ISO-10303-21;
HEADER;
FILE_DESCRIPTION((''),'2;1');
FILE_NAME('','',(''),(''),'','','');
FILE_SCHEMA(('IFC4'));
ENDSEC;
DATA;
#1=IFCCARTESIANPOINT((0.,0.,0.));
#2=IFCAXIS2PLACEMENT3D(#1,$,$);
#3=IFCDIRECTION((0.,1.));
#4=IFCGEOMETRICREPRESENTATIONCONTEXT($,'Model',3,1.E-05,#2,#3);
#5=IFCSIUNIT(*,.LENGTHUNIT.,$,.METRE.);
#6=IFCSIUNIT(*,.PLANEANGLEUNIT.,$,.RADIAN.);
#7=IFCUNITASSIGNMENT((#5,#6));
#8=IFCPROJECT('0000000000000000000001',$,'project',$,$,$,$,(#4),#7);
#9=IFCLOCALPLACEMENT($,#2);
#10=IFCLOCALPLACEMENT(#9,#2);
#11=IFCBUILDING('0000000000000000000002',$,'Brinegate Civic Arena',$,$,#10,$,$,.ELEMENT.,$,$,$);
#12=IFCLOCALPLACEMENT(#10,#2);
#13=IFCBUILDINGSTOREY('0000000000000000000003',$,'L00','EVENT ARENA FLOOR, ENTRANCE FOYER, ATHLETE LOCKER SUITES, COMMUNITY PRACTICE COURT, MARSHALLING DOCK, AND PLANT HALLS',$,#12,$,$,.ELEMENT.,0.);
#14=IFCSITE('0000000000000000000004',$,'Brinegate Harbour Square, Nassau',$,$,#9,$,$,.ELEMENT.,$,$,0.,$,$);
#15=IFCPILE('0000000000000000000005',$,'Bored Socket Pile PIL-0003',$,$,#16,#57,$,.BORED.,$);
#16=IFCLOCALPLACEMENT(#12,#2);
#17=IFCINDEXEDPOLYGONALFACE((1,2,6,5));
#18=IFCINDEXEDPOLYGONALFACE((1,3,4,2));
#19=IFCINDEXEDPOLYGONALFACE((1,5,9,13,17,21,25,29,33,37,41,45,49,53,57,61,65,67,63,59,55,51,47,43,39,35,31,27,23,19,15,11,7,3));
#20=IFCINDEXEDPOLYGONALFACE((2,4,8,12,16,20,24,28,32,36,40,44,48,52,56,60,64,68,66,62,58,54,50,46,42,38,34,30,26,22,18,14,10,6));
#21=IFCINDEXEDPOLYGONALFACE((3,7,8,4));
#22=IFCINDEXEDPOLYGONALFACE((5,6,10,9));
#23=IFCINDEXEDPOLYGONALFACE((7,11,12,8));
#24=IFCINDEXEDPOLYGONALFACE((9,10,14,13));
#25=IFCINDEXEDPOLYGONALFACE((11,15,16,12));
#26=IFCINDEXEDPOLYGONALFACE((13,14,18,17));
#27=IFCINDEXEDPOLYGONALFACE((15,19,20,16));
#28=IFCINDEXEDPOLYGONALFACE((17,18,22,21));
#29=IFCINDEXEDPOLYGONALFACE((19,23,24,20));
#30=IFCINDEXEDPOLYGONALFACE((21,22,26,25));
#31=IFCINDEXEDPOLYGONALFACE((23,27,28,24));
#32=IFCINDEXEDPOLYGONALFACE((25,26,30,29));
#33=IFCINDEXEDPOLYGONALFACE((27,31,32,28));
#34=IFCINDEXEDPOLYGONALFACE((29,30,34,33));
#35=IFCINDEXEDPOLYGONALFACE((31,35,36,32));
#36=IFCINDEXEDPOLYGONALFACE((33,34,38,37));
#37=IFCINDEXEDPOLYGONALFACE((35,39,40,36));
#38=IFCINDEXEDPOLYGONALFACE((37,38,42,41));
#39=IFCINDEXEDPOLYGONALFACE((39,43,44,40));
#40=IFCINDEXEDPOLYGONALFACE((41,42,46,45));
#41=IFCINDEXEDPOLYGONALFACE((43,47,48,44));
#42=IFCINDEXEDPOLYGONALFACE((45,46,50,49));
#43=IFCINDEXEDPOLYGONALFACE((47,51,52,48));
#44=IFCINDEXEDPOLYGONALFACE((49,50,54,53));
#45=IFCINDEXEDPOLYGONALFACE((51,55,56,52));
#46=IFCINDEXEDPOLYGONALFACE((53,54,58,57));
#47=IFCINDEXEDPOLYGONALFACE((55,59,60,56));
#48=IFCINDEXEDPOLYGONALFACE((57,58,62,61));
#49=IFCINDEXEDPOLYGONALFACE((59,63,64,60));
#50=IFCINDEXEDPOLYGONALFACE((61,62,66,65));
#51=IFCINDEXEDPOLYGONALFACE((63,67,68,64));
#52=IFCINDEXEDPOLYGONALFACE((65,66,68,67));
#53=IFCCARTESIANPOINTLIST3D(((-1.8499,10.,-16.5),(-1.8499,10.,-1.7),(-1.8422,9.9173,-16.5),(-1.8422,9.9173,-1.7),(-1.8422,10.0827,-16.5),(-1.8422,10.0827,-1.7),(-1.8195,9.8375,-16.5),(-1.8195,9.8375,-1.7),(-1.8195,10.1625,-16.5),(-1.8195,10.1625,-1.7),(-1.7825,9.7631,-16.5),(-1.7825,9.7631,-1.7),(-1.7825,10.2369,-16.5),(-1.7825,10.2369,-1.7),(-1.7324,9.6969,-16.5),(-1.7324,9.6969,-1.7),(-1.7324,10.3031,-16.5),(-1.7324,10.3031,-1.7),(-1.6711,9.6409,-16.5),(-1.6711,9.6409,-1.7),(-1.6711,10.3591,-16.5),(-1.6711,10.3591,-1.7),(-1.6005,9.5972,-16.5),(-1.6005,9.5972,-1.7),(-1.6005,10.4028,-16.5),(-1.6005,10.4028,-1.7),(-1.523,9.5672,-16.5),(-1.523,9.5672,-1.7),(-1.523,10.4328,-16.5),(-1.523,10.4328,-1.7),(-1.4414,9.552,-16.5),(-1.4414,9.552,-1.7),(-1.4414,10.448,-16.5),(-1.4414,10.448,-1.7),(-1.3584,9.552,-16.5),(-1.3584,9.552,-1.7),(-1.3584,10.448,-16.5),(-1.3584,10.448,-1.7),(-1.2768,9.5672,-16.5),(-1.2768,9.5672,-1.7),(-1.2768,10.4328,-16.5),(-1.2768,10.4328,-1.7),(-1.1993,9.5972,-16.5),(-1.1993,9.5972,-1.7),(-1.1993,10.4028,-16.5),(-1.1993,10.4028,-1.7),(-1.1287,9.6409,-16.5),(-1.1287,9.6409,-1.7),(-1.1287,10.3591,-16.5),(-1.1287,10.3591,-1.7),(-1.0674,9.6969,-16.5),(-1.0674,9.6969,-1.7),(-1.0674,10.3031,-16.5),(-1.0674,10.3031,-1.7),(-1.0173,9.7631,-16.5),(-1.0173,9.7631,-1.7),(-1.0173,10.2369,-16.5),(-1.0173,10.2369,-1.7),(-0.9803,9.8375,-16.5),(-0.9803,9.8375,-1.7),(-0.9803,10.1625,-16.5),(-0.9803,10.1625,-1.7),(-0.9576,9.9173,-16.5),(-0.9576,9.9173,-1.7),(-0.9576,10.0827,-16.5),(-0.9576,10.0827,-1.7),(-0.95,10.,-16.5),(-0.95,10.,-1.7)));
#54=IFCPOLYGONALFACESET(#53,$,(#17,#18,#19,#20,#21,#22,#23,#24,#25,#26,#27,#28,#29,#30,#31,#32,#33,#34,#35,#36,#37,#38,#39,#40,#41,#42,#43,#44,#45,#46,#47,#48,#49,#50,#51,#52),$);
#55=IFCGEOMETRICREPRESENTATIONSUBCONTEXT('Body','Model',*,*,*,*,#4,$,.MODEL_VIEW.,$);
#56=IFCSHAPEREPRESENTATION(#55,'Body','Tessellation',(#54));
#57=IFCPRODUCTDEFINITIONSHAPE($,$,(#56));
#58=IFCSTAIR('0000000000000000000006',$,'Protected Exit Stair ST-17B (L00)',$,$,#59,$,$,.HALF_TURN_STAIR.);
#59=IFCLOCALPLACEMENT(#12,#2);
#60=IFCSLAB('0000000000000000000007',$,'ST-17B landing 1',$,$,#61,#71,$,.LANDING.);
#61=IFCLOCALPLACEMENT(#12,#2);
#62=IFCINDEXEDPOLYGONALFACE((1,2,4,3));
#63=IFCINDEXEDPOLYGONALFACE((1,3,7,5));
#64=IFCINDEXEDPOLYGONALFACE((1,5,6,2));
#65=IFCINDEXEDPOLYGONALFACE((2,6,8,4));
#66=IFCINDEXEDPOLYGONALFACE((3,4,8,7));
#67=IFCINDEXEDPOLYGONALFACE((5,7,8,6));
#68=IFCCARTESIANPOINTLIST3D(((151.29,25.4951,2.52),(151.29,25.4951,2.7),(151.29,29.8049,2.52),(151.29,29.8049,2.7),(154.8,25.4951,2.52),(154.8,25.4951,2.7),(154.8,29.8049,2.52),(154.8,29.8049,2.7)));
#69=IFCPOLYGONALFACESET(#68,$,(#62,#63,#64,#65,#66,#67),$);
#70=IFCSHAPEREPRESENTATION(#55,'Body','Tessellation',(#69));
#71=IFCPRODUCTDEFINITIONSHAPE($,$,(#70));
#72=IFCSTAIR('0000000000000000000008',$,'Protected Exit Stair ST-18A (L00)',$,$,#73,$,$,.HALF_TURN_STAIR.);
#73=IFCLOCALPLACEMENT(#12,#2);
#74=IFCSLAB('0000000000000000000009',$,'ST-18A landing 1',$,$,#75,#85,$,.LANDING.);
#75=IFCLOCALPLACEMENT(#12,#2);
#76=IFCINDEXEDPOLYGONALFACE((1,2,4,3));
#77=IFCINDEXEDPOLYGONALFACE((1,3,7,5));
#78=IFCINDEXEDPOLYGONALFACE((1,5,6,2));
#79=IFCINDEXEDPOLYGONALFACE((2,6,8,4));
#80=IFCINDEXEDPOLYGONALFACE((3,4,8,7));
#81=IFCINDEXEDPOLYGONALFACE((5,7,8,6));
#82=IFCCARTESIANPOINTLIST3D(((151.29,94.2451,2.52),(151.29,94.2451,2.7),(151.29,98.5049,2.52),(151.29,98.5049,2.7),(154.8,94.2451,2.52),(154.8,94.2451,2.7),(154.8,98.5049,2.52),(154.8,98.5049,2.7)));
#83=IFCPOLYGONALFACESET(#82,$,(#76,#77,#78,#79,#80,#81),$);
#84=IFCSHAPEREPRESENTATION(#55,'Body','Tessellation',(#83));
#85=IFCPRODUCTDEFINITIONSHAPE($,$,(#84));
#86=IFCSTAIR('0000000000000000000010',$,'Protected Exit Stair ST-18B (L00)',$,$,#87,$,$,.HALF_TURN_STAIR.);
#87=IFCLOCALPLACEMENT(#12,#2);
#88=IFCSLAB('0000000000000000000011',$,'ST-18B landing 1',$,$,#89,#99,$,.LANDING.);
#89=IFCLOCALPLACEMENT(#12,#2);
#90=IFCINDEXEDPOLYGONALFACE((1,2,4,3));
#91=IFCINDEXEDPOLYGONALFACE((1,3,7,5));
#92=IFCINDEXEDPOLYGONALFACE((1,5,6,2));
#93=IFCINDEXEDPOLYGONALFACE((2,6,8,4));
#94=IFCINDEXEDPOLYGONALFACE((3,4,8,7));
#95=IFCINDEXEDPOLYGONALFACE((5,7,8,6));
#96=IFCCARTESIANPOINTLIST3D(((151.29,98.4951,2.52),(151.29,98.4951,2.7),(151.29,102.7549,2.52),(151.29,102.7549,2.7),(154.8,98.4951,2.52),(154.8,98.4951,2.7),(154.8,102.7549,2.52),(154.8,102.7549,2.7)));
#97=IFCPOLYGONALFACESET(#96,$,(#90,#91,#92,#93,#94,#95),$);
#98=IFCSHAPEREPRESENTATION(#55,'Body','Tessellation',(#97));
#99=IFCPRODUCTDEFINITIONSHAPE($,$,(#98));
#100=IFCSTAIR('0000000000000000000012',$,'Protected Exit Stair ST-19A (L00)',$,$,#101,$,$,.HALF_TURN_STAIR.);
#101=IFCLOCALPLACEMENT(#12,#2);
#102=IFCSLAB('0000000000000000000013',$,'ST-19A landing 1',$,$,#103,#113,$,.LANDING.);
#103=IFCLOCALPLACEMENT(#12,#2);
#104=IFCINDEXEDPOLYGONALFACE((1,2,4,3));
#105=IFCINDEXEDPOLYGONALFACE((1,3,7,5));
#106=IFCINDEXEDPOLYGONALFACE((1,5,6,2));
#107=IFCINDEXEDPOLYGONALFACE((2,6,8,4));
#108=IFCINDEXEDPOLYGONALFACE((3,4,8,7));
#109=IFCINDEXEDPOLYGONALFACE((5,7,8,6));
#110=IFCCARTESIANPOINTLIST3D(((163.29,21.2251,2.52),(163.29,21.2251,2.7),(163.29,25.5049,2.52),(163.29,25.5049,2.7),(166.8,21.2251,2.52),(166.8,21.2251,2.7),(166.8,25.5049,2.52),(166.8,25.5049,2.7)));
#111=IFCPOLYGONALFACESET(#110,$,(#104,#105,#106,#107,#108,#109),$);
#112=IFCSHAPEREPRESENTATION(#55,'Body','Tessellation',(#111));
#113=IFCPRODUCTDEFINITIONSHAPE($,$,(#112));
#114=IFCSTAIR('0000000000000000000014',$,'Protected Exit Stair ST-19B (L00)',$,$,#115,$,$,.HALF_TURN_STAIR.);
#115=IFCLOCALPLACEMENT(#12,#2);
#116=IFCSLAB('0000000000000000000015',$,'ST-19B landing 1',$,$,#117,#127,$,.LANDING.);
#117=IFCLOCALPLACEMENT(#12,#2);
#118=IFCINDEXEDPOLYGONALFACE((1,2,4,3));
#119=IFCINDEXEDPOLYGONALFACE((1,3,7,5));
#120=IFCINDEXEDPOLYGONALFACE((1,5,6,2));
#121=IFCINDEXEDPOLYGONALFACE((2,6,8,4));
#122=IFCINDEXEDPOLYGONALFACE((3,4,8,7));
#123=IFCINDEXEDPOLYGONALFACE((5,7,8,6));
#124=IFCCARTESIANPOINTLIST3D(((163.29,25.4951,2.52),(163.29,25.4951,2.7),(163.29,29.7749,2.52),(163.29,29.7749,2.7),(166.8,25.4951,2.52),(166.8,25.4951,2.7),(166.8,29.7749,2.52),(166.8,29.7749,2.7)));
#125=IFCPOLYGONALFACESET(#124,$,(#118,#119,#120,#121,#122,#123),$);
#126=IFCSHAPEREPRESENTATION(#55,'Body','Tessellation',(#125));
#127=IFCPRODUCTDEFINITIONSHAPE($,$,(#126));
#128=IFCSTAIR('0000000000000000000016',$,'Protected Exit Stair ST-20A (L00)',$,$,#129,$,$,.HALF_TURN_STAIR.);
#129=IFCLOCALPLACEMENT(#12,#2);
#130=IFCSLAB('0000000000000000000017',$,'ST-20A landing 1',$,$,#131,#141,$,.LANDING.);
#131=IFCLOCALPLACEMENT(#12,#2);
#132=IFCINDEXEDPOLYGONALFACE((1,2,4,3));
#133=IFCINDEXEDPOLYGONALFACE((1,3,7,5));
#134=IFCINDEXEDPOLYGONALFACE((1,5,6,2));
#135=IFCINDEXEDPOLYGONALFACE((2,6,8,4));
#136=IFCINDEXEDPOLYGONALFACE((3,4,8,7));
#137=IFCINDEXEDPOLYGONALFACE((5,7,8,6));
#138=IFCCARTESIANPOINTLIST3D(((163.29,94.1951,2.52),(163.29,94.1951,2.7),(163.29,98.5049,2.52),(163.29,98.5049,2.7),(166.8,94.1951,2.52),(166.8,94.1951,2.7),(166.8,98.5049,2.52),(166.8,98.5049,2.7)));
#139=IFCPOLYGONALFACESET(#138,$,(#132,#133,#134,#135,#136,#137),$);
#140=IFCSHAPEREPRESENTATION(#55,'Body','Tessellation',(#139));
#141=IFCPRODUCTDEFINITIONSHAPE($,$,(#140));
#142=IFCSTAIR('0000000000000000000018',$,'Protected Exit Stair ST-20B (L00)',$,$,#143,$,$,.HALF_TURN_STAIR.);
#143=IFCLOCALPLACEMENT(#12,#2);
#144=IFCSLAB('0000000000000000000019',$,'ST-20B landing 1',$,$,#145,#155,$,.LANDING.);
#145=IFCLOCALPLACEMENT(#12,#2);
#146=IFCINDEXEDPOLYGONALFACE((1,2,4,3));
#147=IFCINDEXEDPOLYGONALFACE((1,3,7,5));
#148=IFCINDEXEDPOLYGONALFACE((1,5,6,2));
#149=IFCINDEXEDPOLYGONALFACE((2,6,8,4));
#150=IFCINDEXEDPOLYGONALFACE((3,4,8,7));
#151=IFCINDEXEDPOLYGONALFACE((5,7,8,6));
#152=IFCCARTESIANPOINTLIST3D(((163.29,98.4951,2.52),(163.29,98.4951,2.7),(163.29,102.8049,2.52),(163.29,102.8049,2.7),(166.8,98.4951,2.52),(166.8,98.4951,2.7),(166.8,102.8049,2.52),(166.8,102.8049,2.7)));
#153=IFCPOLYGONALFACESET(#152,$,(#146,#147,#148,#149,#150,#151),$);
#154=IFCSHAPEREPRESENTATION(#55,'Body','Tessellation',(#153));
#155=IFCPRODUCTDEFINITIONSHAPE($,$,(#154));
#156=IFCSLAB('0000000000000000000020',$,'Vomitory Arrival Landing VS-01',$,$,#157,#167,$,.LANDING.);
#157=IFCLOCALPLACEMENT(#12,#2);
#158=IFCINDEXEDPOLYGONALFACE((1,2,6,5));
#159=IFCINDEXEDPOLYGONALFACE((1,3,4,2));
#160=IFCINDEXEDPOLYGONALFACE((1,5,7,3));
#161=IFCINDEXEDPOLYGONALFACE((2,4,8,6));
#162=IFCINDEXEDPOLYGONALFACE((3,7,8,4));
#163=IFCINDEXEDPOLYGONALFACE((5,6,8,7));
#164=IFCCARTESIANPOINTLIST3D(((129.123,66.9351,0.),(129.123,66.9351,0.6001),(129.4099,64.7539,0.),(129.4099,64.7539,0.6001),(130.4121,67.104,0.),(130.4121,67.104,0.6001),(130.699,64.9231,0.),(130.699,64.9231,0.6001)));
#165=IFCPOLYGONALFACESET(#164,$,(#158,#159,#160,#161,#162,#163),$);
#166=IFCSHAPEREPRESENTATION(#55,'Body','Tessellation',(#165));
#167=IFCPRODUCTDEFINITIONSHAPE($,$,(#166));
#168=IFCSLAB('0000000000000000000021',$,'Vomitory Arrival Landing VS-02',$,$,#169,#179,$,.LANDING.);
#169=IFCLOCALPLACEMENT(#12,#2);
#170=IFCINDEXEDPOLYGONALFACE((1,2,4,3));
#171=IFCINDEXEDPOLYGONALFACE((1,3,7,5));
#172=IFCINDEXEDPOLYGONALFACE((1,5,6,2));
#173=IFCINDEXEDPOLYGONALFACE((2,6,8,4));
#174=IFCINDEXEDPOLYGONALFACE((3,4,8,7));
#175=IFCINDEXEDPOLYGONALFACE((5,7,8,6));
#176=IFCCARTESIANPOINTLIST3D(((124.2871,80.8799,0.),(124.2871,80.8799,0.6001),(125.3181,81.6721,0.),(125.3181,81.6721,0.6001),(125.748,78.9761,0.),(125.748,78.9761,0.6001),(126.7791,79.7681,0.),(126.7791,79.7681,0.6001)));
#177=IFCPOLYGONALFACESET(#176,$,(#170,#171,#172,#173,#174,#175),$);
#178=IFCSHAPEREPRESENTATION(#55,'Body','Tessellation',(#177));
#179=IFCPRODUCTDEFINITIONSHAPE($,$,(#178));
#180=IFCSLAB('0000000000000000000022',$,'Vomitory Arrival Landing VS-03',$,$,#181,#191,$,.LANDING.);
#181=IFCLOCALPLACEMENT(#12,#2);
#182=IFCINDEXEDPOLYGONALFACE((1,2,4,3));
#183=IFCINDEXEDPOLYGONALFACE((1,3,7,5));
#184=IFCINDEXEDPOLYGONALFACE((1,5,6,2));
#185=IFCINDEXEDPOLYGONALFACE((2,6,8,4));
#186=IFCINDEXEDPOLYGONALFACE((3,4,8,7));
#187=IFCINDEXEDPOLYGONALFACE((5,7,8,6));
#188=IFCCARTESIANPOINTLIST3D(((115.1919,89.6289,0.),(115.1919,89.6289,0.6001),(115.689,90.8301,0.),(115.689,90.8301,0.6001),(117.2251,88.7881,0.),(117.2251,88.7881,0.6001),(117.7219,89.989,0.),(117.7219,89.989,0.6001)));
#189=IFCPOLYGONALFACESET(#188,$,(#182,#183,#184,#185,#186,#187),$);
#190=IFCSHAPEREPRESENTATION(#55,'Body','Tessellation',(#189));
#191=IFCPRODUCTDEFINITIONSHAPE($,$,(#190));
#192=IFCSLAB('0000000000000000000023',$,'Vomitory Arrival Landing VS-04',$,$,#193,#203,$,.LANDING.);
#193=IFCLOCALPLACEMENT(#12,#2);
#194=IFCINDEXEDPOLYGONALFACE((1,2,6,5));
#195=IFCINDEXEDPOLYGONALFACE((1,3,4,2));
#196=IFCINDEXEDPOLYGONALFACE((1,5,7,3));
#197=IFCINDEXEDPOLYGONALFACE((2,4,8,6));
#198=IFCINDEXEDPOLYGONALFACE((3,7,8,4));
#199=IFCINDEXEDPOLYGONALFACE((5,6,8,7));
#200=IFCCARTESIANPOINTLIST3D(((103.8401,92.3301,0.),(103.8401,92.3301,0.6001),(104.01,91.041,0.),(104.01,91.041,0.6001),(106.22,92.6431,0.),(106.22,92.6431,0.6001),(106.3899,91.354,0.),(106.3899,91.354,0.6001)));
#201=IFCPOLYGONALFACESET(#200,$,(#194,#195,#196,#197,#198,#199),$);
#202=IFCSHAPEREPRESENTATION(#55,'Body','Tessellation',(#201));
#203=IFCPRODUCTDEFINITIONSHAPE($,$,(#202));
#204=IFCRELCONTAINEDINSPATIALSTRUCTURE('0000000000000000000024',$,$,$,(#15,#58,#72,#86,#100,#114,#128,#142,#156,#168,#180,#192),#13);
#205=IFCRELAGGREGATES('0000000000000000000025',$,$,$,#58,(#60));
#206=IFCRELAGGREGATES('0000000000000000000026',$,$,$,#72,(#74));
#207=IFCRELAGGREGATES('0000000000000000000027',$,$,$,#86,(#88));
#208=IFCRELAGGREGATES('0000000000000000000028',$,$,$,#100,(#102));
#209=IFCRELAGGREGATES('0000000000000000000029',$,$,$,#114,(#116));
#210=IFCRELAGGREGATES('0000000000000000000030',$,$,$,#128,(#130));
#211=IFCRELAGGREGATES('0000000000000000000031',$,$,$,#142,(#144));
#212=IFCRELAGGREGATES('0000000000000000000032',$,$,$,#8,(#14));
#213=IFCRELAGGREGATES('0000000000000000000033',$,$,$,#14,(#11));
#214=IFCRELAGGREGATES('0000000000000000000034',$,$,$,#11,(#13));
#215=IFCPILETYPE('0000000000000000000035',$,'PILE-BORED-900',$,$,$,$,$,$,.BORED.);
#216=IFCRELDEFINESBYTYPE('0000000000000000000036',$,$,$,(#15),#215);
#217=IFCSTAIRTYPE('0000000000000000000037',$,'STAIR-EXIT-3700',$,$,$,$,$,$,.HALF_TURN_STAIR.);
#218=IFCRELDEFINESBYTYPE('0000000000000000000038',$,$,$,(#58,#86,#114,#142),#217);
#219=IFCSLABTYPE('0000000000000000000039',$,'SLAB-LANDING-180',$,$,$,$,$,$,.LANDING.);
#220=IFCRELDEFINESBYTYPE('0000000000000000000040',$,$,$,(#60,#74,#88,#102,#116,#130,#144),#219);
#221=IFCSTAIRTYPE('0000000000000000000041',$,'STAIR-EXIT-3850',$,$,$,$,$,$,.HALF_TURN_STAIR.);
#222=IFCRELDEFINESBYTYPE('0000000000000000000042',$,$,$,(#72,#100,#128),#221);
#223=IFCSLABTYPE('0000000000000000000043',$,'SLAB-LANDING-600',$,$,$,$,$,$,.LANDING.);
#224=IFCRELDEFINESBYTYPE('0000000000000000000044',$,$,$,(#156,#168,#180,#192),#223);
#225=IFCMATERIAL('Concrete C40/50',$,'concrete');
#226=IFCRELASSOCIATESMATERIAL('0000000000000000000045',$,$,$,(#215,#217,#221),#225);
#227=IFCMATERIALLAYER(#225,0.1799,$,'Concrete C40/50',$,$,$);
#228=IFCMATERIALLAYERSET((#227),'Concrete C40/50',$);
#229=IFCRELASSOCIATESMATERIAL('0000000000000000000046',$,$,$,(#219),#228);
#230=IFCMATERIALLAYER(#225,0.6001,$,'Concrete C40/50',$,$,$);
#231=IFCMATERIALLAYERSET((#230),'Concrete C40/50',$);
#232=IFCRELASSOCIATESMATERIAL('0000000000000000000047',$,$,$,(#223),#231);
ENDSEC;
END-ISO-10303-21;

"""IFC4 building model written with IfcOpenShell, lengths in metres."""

from ifc_helpers import new_model, si_unit, direction, frame, origin, origin_2d, place, context, subcontext, project, spatial, polyline, circle, outline, extrude, material, layer, layer_set, material_profile, profile_set, type_object, element, aggregate, save


model = new_model("IFC4")

# Units and contexts
model_context = context("Model", 3, precision=1e-05, world=origin(), true_north=direction((0.0, 1.0)))
body_context = subcontext(model_context, "Body", "Model", "MODEL_VIEW")
ifc_project = project(units=[si_unit("LENGTHUNIT", "METRE"), si_unit("PLANEANGLEUNIT", "RADIAN")], contexts=[model_context])

# Site, building, storey
site_placement = place(None, origin())
site = spatial("IfcSite", under=ifc_project, at=site_placement, Name="Brinegate Harbour Square, Nassau", CompositionType="ELEMENT", RefElevation=0.0)
building_placement = place(site_placement, origin())
building = spatial("IfcBuilding", under=site, at=building_placement, Name="Brinegate Civic Arena", CompositionType="ELEMENT")
storey_placement = place(building_placement, origin())
storey = spatial("IfcBuildingStorey", under=building, at=storey_placement, Name="L00", Description="EVENT ARENA FLOOR, ENTRANCE FOYER, ATHLETE LOCKER SUITES, COMMUNITY PRACTICE COURT, MARSHALLING DOCK, AND PLANT HALLS", CompositionType="ELEMENT", Elevation=0.0)

# Pile
ifc_material_1 = material(Name="Concrete C40/50", Category="concrete")
ifc_material_profile = material_profile(ifc_material_1, circle(Radius=0.45, at=origin_2d()), Name="PILED900")
ifc_profile_set = profile_set([ifc_material_profile], Name="Concrete C40/50")
pile_type = type_object("IfcPileType", Name="PILE-BORED-900", PredefinedType="BORED", material=ifc_profile_set)
pile_placement = place(storey_placement, frame((-1.3999, 10.0, -1.7), z_axis=(0.0, 0.0, -1.0), x_axis=(1.0, 0.0, 0.0)))
element("IfcPile", 1, at=pile_placement, inside=storey, type_object=pile_type, Name="Bored Socket Pile PIL-0003", PredefinedType="BORED", context=body_context, shape_type="SweptSolid", body=[
    extrude(circle(Radius=0.45, at=origin_2d()), origin(), (0.0, 0.0, 1.0), 14.8),
])

# Stairs, slabs
stair_type_1 = type_object("IfcStairType", Name="STAIR-EXIT-3700", PredefinedType="HALF_TURN_STAIR", material=ifc_material_1)
stair_1_placement = place(storey_placement, origin())
stair_1 = element("IfcStair", 2, at=stair_1_placement, inside=storey, type_object=stair_type_1, Name="Protected Exit Stair ST-17B (L00)", PredefinedType="HALF_TURN_STAIR")
ifc_layer_1 = layer(ifc_material_1, 0.1799, Name="Concrete C40/50")
ifc_layer_set_1 = layer_set([ifc_layer_1], Name="Concrete C40/50")
slab_type_1 = type_object("IfcSlabType", Name="SLAB-LANDING-180", PredefinedType="LANDING", material=ifc_layer_set_1)
slab_1_placement = place(storey_placement, frame((0.0, 0.0, 2.52)))
slab_1 = element("IfcSlab", 3, at=slab_1_placement, type_object=slab_type_1, Name="ST-17B landing 1", PredefinedType="LANDING", context=body_context, shape_type="SweptSolid", body=[
    extrude(outline(polyline([(151.29, 25.4951), (154.8, 25.4951), (154.8, 29.8049), (151.29, 29.8049), (151.29, 25.4951)])), origin(), (0.0, 0.0, 1.0), 0.1799),
])
aggregate(stair_1, [slab_1])
stair_type_2 = type_object("IfcStairType", Name="STAIR-EXIT-3850", PredefinedType="HALF_TURN_STAIR", material=ifc_material_1)
stair_2_placement = place(storey_placement, origin())
stair_2 = element("IfcStair", 4, at=stair_2_placement, inside=storey, type_object=stair_type_2, Name="Protected Exit Stair ST-18A (L00)", PredefinedType="HALF_TURN_STAIR")
slab_2_placement = place(storey_placement, frame((0.0, 0.0, 2.52)))
slab_2 = element("IfcSlab", 5, at=slab_2_placement, type_object=slab_type_1, Name="ST-18A landing 1", PredefinedType="LANDING", context=body_context, shape_type="SweptSolid", body=[
    extrude(outline(polyline([(151.29, 94.2451), (154.8, 94.2451), (154.8, 98.5049), (151.29, 98.5049), (151.29, 94.2451)])), origin(), (0.0, 0.0, 1.0), 0.1799),
])
aggregate(stair_2, [slab_2])
stair_3_placement = place(storey_placement, origin())
stair_3 = element("IfcStair", 6, at=stair_3_placement, inside=storey, type_object=stair_type_1, Name="Protected Exit Stair ST-18B (L00)", PredefinedType="HALF_TURN_STAIR")
slab_3_placement = place(storey_placement, frame((0.0, 0.0, 2.52)))
slab_3 = element("IfcSlab", 7, at=slab_3_placement, type_object=slab_type_1, Name="ST-18B landing 1", PredefinedType="LANDING", context=body_context, shape_type="SweptSolid", body=[
    extrude(outline(polyline([(151.29, 98.4951), (154.8, 98.4951), (154.8, 102.7549), (151.29, 102.7549), (151.29, 98.4951)])), origin(), (0.0, 0.0, 1.0), 0.1799),
])
aggregate(stair_3, [slab_3])
stair_4_placement = place(storey_placement, origin())
stair_4 = element("IfcStair", 8, at=stair_4_placement, inside=storey, type_object=stair_type_2, Name="Protected Exit Stair ST-19A (L00)", PredefinedType="HALF_TURN_STAIR")
slab_4_placement = place(storey_placement, frame((0.0, 0.0, 2.52)))
slab_4 = element("IfcSlab", 9, at=slab_4_placement, type_object=slab_type_1, Name="ST-19A landing 1", PredefinedType="LANDING", context=body_context, shape_type="SweptSolid", body=[
    extrude(outline(polyline([(163.29, 21.2251), (166.8, 21.2251), (166.8, 25.5049), (163.29, 25.5049), (163.29, 21.2251)])), origin(), (0.0, 0.0, 1.0), 0.1799),
])
aggregate(stair_4, [slab_4])
stair_5_placement = place(storey_placement, origin())
stair_5 = element("IfcStair", 10, at=stair_5_placement, inside=storey, type_object=stair_type_1, Name="Protected Exit Stair ST-19B (L00)", PredefinedType="HALF_TURN_STAIR")
slab_5_placement = place(storey_placement, frame((0.0, 0.0, 2.52)))
slab_5 = element("IfcSlab", 11, at=slab_5_placement, type_object=slab_type_1, Name="ST-19B landing 1", PredefinedType="LANDING", context=body_context, shape_type="SweptSolid", body=[
    extrude(outline(polyline([(163.29, 25.4951), (166.8, 25.4951), (166.8, 29.7749), (163.29, 29.7749), (163.29, 25.4951)])), origin(), (0.0, 0.0, 1.0), 0.1799),
])
aggregate(stair_5, [slab_5])
stair_6_placement = place(storey_placement, origin())
stair_6 = element("IfcStair", 12, at=stair_6_placement, inside=storey, type_object=stair_type_2, Name="Protected Exit Stair ST-20A (L00)", PredefinedType="HALF_TURN_STAIR")
slab_6_placement = place(storey_placement, frame((0.0, 0.0, 2.52)))
slab_6 = element("IfcSlab", 13, at=slab_6_placement, type_object=slab_type_1, Name="ST-20A landing 1", PredefinedType="LANDING", context=body_context, shape_type="SweptSolid", body=[
    extrude(outline(polyline([(163.29, 94.1951), (166.8, 94.1951), (166.8, 98.5049), (163.29, 98.5049), (163.29, 94.1951)])), origin(), (0.0, 0.0, 1.0), 0.1799),
])
aggregate(stair_6, [slab_6])
stair_7_placement = place(storey_placement, origin())
stair_7 = element("IfcStair", 14, at=stair_7_placement, inside=storey, type_object=stair_type_1, Name="Protected Exit Stair ST-20B (L00)", PredefinedType="HALF_TURN_STAIR")
slab_7_placement = place(storey_placement, frame((0.0, 0.0, 2.52)))
slab_7 = element("IfcSlab", 15, at=slab_7_placement, type_object=slab_type_1, Name="ST-20B landing 1", PredefinedType="LANDING", context=body_context, shape_type="SweptSolid", body=[
    extrude(outline(polyline([(163.29, 98.4951), (166.8, 98.4951), (166.8, 102.8049), (163.29, 102.8049), (163.29, 98.4951)])), origin(), (0.0, 0.0, 1.0), 0.1799),
])
aggregate(stair_7, [slab_7])

# Slabs
ifc_layer_2 = layer(ifc_material_1, 0.6001, Name="Concrete C40/50")
ifc_layer_set_2 = layer_set([ifc_layer_2], Name="Concrete C40/50")
slab_type_2 = type_object("IfcSlabType", Name="SLAB-LANDING-600", PredefinedType="LANDING", material=ifc_layer_set_2)
slab_8_placement = place(storey_placement, origin())
element("IfcSlab", 16, at=slab_8_placement, inside=storey, type_object=slab_type_2, Name="Vomitory Arrival Landing VS-01", PredefinedType="LANDING", context=body_context, shape_type="SweptSolid", body=[
    extrude(outline(polyline([(129.4099, 64.7539), (130.699, 64.9231), (130.4121, 67.104), (129.123, 66.9351), (129.4099, 64.7539)])), origin(), (0.0, 0.0, 1.0), 0.6001),
])
slab_9_placement = place(storey_placement, origin())
element("IfcSlab", 17, at=slab_9_placement, inside=storey, type_object=slab_type_2, Name="Vomitory Arrival Landing VS-02", PredefinedType="LANDING", context=body_context, shape_type="SweptSolid", body=[
    extrude(outline(polyline([(125.748, 78.9761), (126.7791, 79.7681), (125.3181, 81.6721), (124.2871, 80.8799), (125.748, 78.9761)])), origin(), (0.0, 0.0, 1.0), 0.6001),
])
slab_10_placement = place(storey_placement, origin())
element("IfcSlab", 18, at=slab_10_placement, inside=storey, type_object=slab_type_2, Name="Vomitory Arrival Landing VS-03", PredefinedType="LANDING", context=body_context, shape_type="SweptSolid", body=[
    extrude(outline(polyline([(117.2251, 88.7881), (117.7219, 89.989), (115.689, 90.8301), (115.1919, 89.6289), (117.2251, 88.7881)])), origin(), (0.0, 0.0, 1.0), 0.6001),
])
slab_11_placement = place(storey_placement, origin())
element("IfcSlab", 19, at=slab_11_placement, inside=storey, type_object=slab_type_2, Name="Vomitory Arrival Landing VS-04", PredefinedType="LANDING", context=body_context, shape_type="SweptSolid", body=[
    extrude(outline(polyline([(106.3899, 91.354), (106.22, 92.6431), (103.8401, 92.3301), (104.01, 91.041), (106.3899, 91.354)])), origin(), (0.0, 0.0, 1.0), 0.6001),
])

save(model, "model.ifc")
